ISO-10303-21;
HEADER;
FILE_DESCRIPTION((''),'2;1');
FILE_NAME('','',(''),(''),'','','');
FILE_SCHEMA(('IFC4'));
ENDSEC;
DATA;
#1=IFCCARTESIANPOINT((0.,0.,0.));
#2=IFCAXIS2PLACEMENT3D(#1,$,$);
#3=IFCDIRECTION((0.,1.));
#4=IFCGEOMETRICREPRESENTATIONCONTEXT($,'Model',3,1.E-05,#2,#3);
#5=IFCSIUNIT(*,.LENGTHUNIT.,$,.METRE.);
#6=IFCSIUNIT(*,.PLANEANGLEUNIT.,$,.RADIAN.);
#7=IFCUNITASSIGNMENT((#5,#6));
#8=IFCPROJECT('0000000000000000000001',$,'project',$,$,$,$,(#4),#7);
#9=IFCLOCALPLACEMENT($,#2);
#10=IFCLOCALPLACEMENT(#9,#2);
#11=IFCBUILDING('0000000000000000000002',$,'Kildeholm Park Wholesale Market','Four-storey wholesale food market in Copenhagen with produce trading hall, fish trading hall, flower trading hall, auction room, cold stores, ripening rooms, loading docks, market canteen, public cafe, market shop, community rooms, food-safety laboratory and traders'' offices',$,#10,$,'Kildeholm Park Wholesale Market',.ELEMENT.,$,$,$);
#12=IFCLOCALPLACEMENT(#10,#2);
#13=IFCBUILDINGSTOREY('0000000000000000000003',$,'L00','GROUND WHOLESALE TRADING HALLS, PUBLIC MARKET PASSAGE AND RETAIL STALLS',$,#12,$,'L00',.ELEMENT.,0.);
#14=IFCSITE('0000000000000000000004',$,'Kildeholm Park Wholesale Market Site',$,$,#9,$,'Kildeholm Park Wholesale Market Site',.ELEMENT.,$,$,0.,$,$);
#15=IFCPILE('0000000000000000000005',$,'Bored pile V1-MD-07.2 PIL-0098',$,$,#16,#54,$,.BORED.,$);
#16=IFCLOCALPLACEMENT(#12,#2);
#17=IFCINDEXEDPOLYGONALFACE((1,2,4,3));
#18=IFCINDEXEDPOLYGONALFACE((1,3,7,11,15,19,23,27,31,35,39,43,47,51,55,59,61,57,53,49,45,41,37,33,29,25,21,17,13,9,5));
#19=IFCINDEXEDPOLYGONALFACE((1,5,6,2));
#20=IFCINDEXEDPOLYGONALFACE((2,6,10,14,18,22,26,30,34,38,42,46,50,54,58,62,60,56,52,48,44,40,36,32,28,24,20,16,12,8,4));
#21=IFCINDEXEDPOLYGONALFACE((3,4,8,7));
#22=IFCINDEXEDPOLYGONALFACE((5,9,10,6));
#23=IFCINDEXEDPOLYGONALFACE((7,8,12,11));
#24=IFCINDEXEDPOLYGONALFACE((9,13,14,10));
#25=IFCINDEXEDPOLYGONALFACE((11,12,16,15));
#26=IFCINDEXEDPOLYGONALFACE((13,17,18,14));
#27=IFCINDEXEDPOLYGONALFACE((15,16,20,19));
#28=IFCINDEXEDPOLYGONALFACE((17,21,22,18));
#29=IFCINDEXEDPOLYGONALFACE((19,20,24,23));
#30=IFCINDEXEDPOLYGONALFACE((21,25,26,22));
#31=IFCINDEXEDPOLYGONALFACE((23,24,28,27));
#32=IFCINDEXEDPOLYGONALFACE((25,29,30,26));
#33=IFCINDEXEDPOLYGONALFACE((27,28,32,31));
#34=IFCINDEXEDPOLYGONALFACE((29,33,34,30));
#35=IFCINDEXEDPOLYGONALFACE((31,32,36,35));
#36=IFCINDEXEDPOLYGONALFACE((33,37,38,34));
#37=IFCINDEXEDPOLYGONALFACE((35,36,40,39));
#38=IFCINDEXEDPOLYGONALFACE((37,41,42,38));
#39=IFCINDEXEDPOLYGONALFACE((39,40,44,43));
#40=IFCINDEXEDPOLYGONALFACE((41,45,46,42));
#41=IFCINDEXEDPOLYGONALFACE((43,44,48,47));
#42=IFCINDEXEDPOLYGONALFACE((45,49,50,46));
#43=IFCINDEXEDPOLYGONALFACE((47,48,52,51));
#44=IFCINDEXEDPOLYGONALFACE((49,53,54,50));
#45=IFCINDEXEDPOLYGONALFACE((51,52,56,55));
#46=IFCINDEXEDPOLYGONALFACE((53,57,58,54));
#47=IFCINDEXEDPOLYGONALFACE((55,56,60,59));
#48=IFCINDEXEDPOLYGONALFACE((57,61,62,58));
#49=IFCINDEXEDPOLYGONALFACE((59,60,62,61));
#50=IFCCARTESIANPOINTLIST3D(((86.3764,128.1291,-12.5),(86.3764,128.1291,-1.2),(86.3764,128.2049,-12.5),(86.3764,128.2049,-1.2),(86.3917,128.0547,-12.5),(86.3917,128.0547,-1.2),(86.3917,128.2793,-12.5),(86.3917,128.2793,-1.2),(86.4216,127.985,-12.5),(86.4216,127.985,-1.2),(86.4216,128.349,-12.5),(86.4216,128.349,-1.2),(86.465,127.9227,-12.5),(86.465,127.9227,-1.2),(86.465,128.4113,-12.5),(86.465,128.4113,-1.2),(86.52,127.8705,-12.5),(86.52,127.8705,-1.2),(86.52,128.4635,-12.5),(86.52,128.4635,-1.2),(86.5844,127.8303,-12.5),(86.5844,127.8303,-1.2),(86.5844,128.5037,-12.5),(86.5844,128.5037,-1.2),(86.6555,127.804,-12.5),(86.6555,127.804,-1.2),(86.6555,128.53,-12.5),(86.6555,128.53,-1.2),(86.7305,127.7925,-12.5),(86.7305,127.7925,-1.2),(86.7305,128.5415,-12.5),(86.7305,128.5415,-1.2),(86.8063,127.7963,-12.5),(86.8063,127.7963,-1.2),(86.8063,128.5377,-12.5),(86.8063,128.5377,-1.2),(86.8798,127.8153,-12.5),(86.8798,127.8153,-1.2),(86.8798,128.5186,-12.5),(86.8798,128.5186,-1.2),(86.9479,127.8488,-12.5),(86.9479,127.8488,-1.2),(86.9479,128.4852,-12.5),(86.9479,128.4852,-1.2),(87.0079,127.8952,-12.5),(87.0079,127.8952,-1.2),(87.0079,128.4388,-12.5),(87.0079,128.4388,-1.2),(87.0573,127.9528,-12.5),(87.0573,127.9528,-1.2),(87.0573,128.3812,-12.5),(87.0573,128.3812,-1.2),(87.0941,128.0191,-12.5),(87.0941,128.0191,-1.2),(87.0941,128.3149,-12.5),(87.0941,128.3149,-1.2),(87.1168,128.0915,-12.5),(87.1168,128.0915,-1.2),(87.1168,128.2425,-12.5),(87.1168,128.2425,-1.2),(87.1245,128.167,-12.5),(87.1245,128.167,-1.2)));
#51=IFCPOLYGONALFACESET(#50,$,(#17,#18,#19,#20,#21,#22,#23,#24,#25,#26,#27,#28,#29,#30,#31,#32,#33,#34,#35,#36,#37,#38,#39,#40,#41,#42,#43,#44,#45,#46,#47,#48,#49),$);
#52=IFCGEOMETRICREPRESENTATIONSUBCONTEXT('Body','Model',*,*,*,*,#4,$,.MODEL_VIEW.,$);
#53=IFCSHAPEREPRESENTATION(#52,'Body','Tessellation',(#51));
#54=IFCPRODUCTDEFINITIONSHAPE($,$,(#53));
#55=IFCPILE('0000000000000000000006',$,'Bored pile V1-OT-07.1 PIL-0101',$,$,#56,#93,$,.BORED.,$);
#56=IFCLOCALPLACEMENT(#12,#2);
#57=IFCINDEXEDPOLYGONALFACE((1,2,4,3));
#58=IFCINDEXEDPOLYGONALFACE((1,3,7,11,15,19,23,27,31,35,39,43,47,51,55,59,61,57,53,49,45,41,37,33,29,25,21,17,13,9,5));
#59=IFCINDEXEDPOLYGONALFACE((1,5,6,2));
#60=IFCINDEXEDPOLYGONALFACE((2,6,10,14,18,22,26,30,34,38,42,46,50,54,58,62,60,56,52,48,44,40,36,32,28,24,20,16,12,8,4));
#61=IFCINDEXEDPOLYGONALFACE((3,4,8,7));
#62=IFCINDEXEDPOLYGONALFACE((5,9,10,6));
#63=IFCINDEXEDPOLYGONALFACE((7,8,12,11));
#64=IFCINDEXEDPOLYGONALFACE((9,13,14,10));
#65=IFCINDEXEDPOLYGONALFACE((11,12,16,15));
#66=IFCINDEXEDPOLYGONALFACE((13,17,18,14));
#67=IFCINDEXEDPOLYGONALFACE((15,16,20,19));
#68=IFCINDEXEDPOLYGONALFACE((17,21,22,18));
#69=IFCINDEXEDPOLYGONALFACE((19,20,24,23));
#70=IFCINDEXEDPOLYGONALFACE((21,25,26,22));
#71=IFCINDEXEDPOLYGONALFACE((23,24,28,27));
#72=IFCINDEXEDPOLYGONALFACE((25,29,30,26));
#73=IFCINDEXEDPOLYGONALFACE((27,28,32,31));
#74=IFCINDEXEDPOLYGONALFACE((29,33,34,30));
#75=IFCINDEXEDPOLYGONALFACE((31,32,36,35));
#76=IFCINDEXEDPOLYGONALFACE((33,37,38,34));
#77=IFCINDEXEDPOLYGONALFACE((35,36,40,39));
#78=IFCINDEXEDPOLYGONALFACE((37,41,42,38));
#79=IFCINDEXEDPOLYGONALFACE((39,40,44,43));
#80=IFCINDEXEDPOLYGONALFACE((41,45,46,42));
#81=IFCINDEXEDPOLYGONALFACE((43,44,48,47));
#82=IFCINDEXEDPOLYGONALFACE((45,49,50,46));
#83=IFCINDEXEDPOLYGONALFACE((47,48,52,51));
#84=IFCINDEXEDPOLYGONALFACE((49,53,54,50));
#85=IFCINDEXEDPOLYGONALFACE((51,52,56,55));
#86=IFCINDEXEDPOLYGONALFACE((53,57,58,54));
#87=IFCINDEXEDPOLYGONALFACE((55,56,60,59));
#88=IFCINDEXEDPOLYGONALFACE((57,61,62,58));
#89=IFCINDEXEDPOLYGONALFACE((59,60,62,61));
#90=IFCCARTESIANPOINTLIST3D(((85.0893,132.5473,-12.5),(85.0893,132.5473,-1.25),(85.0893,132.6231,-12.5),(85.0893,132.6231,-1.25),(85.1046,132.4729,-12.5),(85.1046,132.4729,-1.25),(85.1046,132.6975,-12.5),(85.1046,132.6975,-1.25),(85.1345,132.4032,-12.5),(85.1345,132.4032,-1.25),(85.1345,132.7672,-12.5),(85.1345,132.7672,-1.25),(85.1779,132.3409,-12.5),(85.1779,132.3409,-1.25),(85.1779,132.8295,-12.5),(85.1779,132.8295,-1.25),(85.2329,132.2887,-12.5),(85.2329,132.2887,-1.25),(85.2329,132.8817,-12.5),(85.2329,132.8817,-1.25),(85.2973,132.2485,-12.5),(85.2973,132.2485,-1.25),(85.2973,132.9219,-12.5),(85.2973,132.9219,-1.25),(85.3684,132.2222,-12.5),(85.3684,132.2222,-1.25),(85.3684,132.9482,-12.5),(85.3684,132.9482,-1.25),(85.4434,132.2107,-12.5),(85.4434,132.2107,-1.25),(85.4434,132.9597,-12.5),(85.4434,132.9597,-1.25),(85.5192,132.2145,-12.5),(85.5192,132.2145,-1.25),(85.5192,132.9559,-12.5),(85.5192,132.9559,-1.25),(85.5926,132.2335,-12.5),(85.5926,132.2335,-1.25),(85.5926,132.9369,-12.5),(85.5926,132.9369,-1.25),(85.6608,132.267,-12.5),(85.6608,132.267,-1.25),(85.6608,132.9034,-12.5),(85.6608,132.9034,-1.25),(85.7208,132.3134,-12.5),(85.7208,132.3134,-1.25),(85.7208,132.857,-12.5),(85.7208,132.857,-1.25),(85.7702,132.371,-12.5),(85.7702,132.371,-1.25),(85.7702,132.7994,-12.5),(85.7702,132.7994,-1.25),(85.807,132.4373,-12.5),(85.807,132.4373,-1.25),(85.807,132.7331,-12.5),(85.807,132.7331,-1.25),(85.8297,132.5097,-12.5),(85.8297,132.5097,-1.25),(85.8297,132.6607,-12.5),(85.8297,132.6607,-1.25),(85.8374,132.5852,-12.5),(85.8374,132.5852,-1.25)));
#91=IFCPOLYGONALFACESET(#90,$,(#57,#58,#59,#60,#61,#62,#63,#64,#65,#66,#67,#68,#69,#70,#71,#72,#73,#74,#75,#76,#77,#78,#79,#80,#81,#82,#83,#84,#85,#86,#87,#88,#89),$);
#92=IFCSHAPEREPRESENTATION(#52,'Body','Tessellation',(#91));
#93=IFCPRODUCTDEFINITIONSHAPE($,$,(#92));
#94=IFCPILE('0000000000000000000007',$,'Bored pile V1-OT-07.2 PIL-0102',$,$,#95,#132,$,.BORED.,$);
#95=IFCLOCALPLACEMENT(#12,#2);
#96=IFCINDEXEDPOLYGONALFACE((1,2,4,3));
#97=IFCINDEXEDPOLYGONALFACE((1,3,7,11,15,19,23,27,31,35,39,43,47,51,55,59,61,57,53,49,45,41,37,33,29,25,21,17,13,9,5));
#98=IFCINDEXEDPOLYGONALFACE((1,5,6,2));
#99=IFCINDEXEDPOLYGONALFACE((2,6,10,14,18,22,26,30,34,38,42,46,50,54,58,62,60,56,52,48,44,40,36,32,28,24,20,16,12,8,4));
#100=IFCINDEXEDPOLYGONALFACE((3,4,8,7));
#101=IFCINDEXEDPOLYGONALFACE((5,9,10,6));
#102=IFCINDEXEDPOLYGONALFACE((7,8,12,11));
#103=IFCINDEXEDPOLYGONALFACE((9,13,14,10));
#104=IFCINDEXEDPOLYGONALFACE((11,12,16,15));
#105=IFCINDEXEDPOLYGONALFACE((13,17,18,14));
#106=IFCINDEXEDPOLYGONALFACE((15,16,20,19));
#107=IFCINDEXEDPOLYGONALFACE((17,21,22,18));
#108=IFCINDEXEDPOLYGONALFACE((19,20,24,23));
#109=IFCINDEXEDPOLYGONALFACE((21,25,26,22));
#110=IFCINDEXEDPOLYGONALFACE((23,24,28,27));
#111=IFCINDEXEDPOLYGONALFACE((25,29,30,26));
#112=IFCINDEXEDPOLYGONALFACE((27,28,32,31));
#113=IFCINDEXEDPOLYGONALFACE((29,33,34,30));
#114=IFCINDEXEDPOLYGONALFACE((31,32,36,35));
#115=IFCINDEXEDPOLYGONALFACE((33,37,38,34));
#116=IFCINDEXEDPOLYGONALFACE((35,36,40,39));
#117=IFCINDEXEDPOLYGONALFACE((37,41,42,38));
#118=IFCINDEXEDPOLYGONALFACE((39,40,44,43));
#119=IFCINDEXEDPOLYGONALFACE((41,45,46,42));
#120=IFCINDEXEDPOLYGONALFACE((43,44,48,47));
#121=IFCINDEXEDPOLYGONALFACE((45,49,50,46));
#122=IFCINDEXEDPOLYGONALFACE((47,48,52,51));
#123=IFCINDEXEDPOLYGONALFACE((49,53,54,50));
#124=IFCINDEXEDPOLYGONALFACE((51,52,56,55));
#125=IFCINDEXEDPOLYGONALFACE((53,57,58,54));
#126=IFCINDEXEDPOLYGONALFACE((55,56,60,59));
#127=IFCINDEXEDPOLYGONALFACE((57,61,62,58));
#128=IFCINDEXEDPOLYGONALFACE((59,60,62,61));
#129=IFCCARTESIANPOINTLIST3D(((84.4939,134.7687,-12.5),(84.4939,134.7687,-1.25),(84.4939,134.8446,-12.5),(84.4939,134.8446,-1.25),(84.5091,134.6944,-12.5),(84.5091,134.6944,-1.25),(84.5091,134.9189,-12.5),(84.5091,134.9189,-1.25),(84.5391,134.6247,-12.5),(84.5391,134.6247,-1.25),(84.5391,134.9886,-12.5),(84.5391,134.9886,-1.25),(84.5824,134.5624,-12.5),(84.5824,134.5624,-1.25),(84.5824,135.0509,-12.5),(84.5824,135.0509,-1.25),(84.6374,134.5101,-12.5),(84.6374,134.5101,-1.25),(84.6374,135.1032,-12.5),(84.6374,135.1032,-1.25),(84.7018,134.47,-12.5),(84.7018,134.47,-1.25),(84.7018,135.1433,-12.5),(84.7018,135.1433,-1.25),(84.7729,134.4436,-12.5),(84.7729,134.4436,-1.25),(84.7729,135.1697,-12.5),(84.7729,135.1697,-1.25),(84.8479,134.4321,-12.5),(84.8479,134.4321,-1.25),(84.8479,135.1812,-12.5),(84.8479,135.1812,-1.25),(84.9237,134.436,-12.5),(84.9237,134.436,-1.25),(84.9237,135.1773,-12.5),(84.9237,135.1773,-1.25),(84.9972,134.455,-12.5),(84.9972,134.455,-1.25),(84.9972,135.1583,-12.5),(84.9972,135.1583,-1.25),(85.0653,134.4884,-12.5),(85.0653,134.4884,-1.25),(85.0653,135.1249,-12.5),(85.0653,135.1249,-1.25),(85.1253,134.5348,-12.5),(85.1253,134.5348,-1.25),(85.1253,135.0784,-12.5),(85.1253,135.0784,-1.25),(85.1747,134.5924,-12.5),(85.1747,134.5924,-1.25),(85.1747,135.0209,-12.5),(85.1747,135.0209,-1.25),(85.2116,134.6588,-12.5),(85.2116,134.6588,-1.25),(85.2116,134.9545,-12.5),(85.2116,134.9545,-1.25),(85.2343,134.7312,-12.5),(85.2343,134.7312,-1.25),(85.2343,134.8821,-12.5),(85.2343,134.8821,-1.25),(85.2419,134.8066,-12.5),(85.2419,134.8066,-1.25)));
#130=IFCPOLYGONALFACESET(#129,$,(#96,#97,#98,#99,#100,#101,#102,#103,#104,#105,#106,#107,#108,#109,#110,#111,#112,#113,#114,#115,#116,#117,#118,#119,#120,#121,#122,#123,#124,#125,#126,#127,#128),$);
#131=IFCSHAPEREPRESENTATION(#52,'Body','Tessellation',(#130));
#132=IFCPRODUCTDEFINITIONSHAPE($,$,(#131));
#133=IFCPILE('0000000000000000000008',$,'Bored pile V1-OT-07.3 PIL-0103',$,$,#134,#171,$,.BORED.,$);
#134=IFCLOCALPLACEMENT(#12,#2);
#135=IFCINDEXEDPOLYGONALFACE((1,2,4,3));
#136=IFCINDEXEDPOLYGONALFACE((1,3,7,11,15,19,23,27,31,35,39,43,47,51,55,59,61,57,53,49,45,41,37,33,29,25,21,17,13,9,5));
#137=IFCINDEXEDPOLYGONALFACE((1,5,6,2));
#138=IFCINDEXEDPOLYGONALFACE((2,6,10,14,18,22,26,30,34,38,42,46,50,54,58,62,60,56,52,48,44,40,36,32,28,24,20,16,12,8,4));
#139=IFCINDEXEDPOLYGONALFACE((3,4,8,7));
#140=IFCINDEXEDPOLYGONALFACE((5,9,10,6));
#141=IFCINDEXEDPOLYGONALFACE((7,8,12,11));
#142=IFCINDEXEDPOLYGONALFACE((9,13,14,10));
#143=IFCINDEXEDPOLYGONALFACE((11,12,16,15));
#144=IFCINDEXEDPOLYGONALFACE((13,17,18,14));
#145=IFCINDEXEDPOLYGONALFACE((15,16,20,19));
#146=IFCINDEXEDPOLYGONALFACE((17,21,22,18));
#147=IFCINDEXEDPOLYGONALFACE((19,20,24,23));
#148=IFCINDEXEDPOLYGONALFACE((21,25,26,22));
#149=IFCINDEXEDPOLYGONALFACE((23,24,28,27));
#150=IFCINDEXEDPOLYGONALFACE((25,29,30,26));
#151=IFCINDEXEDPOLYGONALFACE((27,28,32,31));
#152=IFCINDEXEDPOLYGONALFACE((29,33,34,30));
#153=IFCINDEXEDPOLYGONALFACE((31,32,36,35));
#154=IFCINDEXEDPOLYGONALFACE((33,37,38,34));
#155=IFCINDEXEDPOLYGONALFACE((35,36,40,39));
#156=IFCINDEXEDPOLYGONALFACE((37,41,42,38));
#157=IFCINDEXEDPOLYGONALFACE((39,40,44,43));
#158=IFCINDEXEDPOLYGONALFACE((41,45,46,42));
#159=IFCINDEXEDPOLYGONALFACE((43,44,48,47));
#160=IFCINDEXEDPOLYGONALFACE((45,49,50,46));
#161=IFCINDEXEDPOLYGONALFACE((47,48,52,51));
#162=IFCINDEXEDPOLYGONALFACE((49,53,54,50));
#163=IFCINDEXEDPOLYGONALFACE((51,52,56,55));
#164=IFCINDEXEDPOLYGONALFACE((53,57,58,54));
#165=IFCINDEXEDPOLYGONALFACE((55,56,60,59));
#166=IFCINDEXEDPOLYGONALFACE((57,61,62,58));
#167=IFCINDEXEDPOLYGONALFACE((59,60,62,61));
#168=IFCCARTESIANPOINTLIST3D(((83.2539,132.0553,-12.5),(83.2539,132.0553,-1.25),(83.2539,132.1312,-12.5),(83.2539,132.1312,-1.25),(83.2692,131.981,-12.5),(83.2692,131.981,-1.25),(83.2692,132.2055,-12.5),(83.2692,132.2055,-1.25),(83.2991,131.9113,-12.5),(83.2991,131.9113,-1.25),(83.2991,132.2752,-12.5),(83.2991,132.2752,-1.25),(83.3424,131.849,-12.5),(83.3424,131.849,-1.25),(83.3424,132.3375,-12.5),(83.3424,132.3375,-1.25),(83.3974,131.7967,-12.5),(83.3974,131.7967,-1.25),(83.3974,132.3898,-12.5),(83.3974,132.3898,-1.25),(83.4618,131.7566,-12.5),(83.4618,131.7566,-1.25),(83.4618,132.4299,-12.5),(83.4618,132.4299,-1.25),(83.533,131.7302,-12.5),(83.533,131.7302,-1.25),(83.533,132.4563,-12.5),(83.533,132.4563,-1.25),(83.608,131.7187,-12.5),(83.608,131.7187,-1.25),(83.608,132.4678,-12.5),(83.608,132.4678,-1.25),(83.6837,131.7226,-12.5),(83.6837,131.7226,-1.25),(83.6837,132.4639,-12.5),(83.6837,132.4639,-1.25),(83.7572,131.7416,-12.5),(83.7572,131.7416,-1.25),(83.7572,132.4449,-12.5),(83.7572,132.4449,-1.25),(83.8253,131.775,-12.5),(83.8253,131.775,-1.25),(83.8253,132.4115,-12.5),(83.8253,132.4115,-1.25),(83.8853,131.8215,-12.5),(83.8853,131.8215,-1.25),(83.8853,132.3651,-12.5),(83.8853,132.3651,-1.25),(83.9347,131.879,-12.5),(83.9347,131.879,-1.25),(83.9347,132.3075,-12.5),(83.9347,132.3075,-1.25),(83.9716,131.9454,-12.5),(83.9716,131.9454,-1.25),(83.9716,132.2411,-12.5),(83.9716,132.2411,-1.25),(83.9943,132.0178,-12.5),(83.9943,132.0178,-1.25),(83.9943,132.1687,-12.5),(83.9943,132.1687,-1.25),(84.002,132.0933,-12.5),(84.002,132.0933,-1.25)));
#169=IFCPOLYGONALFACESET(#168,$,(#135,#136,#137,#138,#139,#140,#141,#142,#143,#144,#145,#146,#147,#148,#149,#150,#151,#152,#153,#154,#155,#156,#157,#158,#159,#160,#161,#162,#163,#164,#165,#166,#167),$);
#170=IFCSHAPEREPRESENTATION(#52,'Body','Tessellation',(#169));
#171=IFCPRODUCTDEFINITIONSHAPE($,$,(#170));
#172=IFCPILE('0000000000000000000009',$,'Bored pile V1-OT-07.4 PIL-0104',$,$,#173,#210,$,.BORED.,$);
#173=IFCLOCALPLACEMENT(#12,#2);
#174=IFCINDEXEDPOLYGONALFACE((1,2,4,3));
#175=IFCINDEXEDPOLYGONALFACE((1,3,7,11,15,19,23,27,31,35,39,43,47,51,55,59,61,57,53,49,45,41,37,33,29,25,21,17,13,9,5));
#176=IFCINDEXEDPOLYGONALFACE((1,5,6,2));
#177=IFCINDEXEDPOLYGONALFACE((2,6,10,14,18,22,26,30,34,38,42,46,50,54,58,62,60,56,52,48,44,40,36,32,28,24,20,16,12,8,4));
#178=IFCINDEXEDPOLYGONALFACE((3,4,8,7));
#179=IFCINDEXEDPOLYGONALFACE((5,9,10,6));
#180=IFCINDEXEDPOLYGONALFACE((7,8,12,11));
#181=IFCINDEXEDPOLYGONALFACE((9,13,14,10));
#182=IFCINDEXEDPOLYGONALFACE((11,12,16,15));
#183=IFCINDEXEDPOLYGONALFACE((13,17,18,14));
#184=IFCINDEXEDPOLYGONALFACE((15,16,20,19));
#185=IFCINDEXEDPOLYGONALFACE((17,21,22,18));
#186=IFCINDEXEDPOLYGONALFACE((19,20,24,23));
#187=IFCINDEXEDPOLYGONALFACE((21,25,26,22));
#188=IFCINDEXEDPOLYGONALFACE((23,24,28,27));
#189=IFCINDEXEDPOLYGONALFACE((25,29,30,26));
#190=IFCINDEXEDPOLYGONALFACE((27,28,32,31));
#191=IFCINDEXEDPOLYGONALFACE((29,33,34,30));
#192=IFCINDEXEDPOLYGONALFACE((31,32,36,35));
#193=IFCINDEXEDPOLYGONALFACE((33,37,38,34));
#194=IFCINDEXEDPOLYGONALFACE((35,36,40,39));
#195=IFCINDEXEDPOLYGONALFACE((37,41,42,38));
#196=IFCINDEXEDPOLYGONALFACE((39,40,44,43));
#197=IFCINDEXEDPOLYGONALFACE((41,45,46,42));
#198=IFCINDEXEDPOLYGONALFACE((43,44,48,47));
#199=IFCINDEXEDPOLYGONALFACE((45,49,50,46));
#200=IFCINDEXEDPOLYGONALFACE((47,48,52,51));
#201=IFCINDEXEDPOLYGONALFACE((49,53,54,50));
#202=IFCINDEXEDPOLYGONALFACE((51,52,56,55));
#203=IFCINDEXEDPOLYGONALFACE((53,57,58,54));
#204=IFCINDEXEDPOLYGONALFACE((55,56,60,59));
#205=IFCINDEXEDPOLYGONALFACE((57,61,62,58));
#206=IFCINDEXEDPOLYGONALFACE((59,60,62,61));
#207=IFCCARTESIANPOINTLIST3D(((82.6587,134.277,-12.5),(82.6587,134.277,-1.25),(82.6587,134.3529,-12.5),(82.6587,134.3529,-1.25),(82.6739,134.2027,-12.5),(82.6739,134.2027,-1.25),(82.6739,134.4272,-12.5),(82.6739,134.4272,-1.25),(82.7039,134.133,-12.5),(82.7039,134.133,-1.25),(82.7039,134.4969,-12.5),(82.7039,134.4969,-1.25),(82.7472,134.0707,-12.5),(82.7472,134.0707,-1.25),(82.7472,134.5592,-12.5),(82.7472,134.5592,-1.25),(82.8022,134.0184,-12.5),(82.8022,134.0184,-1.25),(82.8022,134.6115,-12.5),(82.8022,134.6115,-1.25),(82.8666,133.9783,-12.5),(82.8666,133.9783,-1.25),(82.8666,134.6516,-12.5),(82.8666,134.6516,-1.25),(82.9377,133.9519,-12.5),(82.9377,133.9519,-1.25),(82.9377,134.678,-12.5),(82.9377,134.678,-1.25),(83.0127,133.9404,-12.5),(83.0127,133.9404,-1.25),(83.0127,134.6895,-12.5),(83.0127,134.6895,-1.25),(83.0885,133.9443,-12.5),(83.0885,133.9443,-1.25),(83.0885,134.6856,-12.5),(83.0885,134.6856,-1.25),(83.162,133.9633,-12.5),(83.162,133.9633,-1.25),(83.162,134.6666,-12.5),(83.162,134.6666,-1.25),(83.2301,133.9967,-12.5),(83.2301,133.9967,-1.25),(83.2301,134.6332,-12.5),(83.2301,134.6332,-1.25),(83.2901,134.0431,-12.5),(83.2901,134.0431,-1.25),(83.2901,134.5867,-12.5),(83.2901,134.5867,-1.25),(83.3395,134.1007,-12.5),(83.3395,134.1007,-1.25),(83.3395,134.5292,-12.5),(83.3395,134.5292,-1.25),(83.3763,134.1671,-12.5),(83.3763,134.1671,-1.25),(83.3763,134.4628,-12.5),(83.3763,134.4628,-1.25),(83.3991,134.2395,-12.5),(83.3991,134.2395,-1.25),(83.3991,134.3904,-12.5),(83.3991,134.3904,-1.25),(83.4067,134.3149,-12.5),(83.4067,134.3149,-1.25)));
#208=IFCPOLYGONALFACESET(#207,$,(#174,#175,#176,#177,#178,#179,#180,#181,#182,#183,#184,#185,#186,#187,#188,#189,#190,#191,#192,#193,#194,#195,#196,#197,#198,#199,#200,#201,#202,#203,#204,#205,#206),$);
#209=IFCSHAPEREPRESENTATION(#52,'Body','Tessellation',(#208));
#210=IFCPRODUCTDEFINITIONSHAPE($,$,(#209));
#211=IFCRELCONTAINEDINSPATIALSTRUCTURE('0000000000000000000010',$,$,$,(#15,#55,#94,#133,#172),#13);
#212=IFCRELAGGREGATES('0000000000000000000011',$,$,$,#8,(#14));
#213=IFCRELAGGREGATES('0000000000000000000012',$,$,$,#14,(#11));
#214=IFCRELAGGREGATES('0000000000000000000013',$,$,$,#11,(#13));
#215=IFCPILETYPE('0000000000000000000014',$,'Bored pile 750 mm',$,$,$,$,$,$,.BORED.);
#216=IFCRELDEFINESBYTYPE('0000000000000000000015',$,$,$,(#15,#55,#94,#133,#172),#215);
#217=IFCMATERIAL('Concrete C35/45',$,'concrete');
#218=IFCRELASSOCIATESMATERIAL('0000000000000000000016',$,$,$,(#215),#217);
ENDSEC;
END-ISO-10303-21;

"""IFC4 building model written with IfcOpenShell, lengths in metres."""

from ifc_helpers import new_model, si_unit, direction, frame, origin, origin_2d, place, context, subcontext, project, spatial, circle, extrude, material, material_profile, profile_set, type_object, element, save


model = new_model("IFC4")

# Units and contexts
model_context = context("Model", 3, precision=1e-05, world=origin(), true_north=direction((0.0, 1.0)))
body_context = subcontext(model_context, "Body", "Model", "MODEL_VIEW")
ifc_project = project(units=[si_unit("LENGTHUNIT", "METRE"), si_unit("PLANEANGLEUNIT", "RADIAN")], contexts=[model_context])

# Site, building, storey
site_placement = place(None, origin())
site = spatial("IfcSite", under=ifc_project, at=site_placement, Name="Kildeholm Park Wholesale Market Site", LongName="Kildeholm Park Wholesale Market Site", CompositionType="ELEMENT", RefElevation=0.0)
building_placement = place(site_placement, origin())
building = spatial("IfcBuilding", under=site, at=building_placement, Name="Kildeholm Park Wholesale Market", Description="Four-storey wholesale food market in Copenhagen with produce trading hall, fish trading hall, flower trading hall, auction room, cold stores, ripening rooms, loading docks, market canteen, public cafe, market shop, community rooms, food-safety laboratory and traders' offices", LongName="Kildeholm Park Wholesale Market", CompositionType="ELEMENT")
storey_placement = place(building_placement, origin())
storey = spatial("IfcBuildingStorey", under=building, at=storey_placement, Name="L00", Description="GROUND WHOLESALE TRADING HALLS, PUBLIC MARKET PASSAGE AND RETAIL STALLS", LongName="L00", CompositionType="ELEMENT", Elevation=0.0)

# Piles
ifc_material_1 = material(Name="Concrete C35/45", Category="concrete")
ifc_material_profile_1 = material_profile(ifc_material_1, circle(Radius=0.375, at=origin_2d()), Name="PILE D750")
ifc_profile_set_1 = profile_set([ifc_material_profile_1], Name="Concrete C35/45")
pile_type = type_object("IfcPileType", Name="Bored pile 750 mm", PredefinedType="BORED", material=ifc_profile_set_1)
pile_placement = place(storey_placement, frame((86.7495, 128.167, -1.2), z_axis=(0.0, 0.0, -1.0), x_axis=(1.0, 0.0, 0.0)))
element("IfcPile", 1, at=pile_placement, inside=storey, type_object=pile_type, Name="Bored pile V1-MD-07.2 PIL-0098", PredefinedType="BORED", context=body_context, shape_type="SweptSolid", body=[
    extrude(circle(Radius=0.375, at=origin_2d()), origin(), (0.0, 0.0, 1.0), 11.3),
])
for number, where, z_axis, x_axis, name in (
    (2, (85.4624, 132.5852, -1.25), (0.0, 0.0, -1.0), (1.0, 0.0, 0.0), "Bored pile V1-OT-07.1 PIL-0101"),
    (3, (84.8669, 134.8066, -1.25), (0.0, 0.0, -1.0), (1.0, 0.0, 0.0), "Bored pile V1-OT-07.2 PIL-0102"),
    (4, (83.627, 132.0933, -1.25), (0.0, 0.0, -1.0), (1.0, 0.0, 0.0), "Bored pile V1-OT-07.3 PIL-0103"),
    (5, (83.0317, 134.3149, -1.25), (0.0, 0.0, -1.0), (1.0, 0.0, 0.0), "Bored pile V1-OT-07.4 PIL-0104"),
):
    element("IfcPile", number, at=place(storey_placement, frame(where, z_axis=z_axis, x_axis=x_axis)), inside=storey, type_object=pile_type, Name=name, PredefinedType="BORED", context=body_context, shape_type="SweptSolid", body=[
        extrude(circle(Radius=0.375, at=origin_2d()), origin(), (0.0, 0.0, 1.0), 11.25),
    ])

save(model, "model.ifc")
